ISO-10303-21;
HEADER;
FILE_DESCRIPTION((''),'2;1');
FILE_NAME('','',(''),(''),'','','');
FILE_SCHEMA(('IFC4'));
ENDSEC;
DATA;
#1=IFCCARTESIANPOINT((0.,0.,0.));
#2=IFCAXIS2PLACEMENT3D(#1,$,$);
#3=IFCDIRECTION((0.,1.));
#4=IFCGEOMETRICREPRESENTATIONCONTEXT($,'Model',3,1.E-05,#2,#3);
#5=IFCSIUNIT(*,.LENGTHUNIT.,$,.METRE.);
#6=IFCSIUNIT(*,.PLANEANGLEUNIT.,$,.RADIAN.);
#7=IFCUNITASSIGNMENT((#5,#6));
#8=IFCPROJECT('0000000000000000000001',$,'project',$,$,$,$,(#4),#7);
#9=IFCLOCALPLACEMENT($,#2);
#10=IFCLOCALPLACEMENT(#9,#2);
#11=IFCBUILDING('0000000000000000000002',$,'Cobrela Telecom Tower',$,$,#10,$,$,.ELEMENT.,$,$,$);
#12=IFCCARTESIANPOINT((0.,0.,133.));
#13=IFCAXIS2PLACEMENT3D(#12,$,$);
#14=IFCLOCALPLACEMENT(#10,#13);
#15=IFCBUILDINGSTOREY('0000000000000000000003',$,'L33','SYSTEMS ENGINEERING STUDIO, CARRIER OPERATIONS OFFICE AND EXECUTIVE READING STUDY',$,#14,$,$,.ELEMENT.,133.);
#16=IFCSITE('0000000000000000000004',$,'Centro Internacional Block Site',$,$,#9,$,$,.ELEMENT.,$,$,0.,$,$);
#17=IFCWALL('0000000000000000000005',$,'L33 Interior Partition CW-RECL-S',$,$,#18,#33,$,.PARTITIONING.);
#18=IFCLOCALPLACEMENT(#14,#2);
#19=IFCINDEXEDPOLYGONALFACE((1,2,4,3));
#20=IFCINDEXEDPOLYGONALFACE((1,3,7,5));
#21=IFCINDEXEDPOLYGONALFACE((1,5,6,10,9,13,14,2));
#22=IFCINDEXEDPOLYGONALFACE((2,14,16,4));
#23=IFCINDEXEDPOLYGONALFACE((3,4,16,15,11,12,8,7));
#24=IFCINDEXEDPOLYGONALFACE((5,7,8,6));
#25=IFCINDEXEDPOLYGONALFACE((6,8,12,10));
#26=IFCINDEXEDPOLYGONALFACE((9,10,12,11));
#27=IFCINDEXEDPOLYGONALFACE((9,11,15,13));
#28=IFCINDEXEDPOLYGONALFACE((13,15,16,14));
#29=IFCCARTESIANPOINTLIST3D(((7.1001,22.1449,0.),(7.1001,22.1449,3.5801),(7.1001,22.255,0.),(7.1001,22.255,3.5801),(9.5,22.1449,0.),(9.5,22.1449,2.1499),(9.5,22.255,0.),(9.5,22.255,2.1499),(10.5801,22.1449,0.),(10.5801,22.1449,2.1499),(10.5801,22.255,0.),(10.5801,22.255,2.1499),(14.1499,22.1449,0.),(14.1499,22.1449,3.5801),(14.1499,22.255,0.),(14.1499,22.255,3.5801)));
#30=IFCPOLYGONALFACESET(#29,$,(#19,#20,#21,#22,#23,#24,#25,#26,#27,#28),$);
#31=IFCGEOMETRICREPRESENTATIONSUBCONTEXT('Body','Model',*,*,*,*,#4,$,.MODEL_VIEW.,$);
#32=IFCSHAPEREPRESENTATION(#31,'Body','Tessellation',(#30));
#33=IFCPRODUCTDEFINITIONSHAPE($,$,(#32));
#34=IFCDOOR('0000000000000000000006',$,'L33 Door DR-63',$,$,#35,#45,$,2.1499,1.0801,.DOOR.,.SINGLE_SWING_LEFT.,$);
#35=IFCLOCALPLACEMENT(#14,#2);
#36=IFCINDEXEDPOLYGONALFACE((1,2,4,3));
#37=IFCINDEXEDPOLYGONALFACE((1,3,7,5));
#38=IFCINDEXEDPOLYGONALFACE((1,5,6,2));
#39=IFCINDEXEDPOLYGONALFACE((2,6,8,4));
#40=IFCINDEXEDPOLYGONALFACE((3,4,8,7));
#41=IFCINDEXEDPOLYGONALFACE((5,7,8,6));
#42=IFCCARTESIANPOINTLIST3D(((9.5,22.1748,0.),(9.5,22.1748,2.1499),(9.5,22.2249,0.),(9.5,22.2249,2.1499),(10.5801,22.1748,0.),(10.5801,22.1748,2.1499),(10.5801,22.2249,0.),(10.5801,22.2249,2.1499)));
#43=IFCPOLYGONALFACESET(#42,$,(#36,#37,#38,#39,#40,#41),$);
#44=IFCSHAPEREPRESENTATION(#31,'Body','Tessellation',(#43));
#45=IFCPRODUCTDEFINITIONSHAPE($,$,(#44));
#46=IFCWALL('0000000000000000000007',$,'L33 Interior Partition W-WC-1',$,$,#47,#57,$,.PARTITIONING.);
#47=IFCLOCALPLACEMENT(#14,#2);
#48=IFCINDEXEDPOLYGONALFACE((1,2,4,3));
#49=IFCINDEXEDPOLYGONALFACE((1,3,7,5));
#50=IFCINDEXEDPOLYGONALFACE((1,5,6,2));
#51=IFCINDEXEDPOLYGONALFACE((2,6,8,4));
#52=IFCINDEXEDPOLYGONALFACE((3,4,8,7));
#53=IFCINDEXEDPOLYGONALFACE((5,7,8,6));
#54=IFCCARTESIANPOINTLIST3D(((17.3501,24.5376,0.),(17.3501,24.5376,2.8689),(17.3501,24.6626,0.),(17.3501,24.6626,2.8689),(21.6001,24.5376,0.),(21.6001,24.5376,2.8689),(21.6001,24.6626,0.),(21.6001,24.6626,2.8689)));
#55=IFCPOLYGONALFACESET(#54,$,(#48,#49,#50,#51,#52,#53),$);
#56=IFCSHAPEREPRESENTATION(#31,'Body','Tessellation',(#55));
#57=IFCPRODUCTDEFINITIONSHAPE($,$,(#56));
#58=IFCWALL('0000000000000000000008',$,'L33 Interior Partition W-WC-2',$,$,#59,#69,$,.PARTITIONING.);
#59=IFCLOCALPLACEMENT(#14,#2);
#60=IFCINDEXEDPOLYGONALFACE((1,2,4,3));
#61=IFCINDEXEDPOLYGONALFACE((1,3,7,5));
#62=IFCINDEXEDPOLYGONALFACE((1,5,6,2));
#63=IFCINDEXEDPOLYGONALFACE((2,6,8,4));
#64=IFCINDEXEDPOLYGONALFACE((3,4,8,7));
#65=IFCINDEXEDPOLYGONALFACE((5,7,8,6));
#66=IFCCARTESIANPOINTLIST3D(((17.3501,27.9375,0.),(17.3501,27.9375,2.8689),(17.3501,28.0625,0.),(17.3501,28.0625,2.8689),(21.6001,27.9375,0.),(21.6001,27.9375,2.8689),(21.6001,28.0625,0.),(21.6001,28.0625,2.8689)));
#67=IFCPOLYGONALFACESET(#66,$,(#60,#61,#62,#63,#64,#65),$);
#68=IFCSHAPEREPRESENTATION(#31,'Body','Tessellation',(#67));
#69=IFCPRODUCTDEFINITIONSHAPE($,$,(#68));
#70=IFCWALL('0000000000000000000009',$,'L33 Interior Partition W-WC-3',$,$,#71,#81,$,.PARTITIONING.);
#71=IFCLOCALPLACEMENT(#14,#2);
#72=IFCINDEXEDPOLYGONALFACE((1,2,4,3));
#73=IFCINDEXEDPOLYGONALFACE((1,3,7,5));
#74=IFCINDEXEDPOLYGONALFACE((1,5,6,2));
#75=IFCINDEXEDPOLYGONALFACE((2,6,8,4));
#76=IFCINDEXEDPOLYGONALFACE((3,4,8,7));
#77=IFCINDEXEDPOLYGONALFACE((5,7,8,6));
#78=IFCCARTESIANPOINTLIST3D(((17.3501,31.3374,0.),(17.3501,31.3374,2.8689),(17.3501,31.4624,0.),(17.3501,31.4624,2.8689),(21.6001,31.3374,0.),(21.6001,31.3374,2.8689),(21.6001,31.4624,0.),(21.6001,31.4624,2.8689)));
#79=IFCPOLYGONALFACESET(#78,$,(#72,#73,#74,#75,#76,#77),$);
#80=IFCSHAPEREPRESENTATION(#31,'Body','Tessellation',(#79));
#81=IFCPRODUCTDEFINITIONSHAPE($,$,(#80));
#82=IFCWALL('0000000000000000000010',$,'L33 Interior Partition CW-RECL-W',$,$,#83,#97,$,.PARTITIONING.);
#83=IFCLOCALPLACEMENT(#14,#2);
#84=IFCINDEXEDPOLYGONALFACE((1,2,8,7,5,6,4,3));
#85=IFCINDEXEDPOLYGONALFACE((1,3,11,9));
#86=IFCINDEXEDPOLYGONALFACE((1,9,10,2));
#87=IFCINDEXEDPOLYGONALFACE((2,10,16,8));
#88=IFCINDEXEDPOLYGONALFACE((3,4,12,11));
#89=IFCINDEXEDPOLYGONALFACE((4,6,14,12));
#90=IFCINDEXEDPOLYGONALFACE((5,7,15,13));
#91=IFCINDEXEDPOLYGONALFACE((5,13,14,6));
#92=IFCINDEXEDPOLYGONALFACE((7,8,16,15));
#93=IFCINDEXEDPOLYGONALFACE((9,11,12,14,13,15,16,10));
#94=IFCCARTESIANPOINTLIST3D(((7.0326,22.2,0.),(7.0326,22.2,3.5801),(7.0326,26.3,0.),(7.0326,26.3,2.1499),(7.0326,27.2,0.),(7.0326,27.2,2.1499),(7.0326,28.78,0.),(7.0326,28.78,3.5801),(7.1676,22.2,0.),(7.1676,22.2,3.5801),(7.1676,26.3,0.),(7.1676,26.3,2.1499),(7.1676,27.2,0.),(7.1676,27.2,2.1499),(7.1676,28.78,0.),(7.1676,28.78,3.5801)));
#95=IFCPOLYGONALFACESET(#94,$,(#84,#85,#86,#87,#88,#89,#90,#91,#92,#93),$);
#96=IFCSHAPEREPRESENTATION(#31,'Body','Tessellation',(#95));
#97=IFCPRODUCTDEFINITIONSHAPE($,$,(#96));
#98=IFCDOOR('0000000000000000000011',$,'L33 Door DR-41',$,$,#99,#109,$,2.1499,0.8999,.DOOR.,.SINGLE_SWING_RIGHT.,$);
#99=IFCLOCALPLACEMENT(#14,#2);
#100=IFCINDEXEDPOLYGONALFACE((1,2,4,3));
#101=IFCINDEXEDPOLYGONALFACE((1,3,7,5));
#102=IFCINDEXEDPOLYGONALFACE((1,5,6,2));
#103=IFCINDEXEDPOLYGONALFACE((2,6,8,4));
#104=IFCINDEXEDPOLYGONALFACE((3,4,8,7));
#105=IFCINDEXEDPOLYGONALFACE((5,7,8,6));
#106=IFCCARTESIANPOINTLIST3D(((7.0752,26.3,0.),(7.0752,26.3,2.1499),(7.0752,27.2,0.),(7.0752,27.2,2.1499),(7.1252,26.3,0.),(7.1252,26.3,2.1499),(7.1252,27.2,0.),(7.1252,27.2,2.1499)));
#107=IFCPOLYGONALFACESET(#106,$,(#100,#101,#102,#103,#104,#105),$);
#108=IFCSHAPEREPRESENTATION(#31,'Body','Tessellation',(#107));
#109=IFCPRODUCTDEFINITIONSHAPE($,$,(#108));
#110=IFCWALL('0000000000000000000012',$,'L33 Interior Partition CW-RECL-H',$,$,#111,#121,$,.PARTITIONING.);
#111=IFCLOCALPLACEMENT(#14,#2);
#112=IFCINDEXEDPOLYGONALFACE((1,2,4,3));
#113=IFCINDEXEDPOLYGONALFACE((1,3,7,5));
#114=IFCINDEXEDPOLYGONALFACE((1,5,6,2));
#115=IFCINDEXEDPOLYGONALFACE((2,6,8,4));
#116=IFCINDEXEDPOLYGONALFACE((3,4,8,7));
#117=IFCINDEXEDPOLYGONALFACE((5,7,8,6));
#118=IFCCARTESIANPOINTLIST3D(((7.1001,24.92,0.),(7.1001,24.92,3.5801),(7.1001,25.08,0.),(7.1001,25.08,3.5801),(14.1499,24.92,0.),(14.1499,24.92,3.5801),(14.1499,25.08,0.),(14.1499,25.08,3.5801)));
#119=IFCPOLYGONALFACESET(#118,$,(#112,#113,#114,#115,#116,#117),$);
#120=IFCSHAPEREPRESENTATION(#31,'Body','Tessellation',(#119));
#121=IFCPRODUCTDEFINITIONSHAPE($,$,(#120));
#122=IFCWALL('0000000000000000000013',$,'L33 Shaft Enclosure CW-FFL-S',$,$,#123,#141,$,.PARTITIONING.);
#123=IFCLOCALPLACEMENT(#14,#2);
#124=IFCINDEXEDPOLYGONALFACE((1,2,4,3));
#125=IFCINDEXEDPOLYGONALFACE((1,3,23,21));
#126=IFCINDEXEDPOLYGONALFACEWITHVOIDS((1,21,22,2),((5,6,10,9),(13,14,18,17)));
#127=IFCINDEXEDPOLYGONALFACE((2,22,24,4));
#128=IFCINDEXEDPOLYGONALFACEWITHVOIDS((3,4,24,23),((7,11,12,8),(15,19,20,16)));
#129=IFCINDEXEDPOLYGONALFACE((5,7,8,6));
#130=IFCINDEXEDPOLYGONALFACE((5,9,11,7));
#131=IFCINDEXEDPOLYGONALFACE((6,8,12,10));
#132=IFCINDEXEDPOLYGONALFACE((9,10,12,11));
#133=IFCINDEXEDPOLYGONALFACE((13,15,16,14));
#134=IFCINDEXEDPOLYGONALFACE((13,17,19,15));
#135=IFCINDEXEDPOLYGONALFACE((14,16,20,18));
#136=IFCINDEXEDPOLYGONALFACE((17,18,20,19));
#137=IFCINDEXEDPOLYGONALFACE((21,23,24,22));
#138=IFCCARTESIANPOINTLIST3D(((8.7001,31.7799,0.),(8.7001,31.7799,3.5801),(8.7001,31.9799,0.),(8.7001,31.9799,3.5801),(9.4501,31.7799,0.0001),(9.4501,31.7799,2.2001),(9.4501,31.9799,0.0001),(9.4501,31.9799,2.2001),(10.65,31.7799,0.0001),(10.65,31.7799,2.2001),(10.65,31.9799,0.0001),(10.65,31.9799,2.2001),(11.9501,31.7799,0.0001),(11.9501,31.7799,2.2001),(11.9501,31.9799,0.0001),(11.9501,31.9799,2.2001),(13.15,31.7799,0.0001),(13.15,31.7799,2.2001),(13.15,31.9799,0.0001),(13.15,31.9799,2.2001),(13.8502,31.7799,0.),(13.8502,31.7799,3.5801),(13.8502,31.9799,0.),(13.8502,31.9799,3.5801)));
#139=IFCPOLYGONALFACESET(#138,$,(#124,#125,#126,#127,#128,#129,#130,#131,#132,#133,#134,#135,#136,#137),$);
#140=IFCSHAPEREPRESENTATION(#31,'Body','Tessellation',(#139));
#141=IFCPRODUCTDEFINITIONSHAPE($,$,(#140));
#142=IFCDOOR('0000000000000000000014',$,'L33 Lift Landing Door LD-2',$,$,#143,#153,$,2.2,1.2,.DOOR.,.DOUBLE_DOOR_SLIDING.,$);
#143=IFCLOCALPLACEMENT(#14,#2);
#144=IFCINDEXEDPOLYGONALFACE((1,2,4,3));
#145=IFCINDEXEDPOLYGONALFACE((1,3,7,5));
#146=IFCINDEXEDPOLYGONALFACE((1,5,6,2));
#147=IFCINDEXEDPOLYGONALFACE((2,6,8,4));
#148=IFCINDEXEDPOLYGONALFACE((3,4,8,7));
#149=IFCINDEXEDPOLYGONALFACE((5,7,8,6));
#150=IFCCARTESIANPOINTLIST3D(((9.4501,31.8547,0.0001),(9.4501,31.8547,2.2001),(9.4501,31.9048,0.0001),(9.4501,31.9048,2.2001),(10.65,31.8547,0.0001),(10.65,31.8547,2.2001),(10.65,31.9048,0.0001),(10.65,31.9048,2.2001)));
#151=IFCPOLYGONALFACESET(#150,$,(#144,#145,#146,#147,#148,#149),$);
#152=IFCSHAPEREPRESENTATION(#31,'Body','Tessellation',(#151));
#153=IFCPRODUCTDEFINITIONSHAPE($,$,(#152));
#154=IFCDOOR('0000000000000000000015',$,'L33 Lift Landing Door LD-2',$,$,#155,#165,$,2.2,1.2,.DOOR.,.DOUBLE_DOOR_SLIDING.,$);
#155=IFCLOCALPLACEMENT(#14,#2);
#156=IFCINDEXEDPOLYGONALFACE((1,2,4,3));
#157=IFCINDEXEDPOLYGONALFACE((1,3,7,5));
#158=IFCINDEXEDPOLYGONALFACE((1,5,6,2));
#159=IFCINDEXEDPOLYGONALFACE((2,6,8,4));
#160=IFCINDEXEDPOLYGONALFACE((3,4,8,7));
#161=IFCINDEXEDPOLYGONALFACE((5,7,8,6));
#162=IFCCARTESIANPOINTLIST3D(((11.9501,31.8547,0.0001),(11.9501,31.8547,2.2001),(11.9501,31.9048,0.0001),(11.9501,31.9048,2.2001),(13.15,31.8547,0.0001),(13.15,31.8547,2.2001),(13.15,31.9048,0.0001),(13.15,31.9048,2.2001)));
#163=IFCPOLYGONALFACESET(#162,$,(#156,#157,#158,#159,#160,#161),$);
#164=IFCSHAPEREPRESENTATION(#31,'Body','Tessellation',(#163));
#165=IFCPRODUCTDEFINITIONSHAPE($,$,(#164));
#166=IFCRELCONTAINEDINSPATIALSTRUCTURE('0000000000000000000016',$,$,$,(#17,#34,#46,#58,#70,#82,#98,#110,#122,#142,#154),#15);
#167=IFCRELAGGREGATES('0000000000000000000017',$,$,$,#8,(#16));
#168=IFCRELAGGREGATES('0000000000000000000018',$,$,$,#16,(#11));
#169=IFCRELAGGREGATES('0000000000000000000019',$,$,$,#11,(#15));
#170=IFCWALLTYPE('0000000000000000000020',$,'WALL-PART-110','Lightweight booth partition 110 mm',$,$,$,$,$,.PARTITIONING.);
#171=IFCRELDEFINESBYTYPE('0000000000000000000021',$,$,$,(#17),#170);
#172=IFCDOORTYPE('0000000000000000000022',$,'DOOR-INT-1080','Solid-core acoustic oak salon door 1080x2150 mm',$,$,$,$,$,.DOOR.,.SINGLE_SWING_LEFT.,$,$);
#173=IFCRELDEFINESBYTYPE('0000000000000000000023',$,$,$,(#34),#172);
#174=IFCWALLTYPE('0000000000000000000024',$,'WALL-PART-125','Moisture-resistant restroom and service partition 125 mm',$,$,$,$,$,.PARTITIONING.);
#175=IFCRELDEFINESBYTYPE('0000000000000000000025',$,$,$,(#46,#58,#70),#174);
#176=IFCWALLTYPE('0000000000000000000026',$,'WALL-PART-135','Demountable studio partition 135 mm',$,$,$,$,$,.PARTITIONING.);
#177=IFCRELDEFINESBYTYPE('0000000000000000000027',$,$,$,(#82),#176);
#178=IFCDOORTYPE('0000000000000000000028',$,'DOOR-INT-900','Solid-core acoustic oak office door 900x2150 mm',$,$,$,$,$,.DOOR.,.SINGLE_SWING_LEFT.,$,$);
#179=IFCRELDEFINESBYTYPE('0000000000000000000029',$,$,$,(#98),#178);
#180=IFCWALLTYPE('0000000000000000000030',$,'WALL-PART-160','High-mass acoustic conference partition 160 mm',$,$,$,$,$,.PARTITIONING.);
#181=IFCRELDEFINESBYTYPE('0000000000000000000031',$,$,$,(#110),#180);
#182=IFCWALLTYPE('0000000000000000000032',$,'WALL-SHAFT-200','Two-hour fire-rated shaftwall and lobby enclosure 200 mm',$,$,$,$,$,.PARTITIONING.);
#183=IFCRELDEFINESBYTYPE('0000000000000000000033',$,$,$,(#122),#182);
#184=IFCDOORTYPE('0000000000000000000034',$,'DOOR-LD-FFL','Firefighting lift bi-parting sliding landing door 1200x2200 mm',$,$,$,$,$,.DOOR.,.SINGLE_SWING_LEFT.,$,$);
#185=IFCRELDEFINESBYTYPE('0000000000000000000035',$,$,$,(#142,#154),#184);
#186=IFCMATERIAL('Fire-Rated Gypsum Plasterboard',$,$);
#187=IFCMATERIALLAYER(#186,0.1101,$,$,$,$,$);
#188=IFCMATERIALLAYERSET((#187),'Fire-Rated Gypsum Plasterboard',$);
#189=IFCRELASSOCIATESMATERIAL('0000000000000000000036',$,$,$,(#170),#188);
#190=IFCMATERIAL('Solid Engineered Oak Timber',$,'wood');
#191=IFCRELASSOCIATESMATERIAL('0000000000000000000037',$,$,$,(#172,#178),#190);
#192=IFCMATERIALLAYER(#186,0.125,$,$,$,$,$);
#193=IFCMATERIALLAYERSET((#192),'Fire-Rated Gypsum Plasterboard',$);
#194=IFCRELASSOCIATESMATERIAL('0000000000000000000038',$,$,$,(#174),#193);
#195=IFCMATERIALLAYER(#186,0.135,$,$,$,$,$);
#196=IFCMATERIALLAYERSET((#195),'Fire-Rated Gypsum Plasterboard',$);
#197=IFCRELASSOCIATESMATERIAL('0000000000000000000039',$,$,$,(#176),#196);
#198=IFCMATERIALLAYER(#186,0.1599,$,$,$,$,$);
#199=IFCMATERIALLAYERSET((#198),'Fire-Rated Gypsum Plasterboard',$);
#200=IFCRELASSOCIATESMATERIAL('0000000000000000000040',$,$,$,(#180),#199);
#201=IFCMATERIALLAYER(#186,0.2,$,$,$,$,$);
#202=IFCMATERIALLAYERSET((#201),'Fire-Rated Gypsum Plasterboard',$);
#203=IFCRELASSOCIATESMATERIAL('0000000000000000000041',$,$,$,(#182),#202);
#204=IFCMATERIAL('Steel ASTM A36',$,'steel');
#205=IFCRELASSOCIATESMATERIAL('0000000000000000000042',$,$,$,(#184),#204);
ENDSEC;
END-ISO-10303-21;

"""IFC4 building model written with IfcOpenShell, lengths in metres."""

from ifc_helpers import new_model, si_unit, direction, frame, frame_2d, origin, place, context, subcontext, project, spatial, rectangle, extrude, material, layer, layer_set, type_object, element, fill, save


model = new_model("IFC4")

# Units and contexts
model_context = context("Model", 3, precision=1e-05, world=origin(), true_north=direction((0.0, 1.0)))
body_context = subcontext(model_context, "Body", "Model", "MODEL_VIEW")
ifc_project = project(units=[si_unit("LENGTHUNIT", "METRE"), si_unit("PLANEANGLEUNIT", "RADIAN")], contexts=[model_context])

# Site, building, storey
site_placement = place(None, origin())
site = spatial("IfcSite", under=ifc_project, at=site_placement, Name="Centro Internacional Block Site", CompositionType="ELEMENT", RefElevation=0.0)
building_placement = place(site_placement, origin())
building = spatial("IfcBuilding", under=site, at=building_placement, Name="Cobrela Telecom Tower", CompositionType="ELEMENT")
storey_placement = place(building_placement, frame((0.0, 0.0, 133.0)))
storey = spatial("IfcBuildingStorey", under=building, at=storey_placement, Name="L33", Description="SYSTEMS ENGINEERING STUDIO, CARRIER OPERATIONS OFFICE AND EXECUTIVE READING STUDY", CompositionType="ELEMENT", Elevation=133.0)

# Shared definitions
ifc_material_1 = material(Name="Steel ASTM A36", Category="steel")

# Wall, opening, door
ifc_material_2 = material(Name="Fire-Rated Gypsum Plasterboard")
ifc_layer_1 = layer(ifc_material_2, 0.1101)
ifc_layer_set_1 = layer_set([ifc_layer_1], Name="Fire-Rated Gypsum Plasterboard")
wall_type_1 = type_object("IfcWallType", Name="WALL-PART-110", Description="Lightweight booth partition 110 mm", PredefinedType="PARTITIONING", material=ifc_layer_set_1)
wall_1_placement = place(storey_placement, frame((7.1001, 22.2, 0.0), z_axis=(0.0, 0.0, 1.0), x_axis=(1.0, 0.0, 0.0)))
wall_1 = element("IfcWall", 1, at=wall_1_placement, inside=storey, type_object=wall_type_1, Name="L33 Interior Partition CW-RECL-S", PredefinedType="PARTITIONING", context=body_context, shape_type="SweptSolid", body=[
    extrude(rectangle(XDim=7.0498, YDim=0.1101, at=frame_2d((3.5249, 0.0))), origin(), (0.0, 0.0, 1.0), 3.5801),
])
opening_1_placement = place(wall_1_placement, frame((2.3999, 0.0, 0.0)))
opening_1 = element("IfcOpeningElement", 2, at=opening_1_placement, cuts=wall_1, PredefinedType="OPENING", context=body_context, shape_type="SweptSolid", body=[
    extrude(rectangle(XDim=1.0801, YDim=2.1499, at=frame_2d((0.54, 1.075))), frame((0.0, 0.0669, 0.0), z_axis=(0.0, -1.0, 0.0), x_axis=(1.0, 0.0, 0.0)), (0.0, 0.0, 1.0), 0.134),
])
ifc_material_3 = material(Name="Solid Engineered Oak Timber", Category="wood")
door_type_1 = type_object("IfcDoorType", Name="DOOR-INT-1080", Description="Solid-core acoustic oak salon door 1080x2150 mm", OperationType="SINGLE_SWING_LEFT", PredefinedType="DOOR", material=ifc_material_3)
door_1_placement = place(opening_1_placement, origin())
door_1 = element("IfcDoor", 3, at=door_1_placement, inside=storey, type_object=door_type_1, Name="L33 Door DR-63", OperationType="SINGLE_SWING_LEFT", OverallHeight=2.1499, OverallWidth=1.0801, PredefinedType="DOOR", context=body_context, shape_type="SweptSolid", body=[
    extrude(rectangle(XDim=1.0801, YDim=2.1499, at=frame_2d((0.54, 1.075))), frame((0.0, 0.0249, 0.0), z_axis=(0.0, -1.0, 0.0), x_axis=(1.0, 0.0, 0.0)), (0.0, 0.0, 1.0), 0.05),
])
fill(opening_1, door_1)

# Walls
ifc_layer_2 = layer(ifc_material_2, 0.125)
ifc_layer_set_2 = layer_set([ifc_layer_2], Name="Fire-Rated Gypsum Plasterboard")
wall_type_2 = type_object("IfcWallType", Name="WALL-PART-125", Description="Moisture-resistant restroom and service partition 125 mm", PredefinedType="PARTITIONING", material=ifc_layer_set_2)
for number, where, z_axis, x_axis, name in (
    (4, (17.3501, 24.6001, 0.0), (0.0, 0.0, 1.0), (1.0, 0.0, 0.0), "L33 Interior Partition W-WC-1"),
    (5, (17.3501, 28.0, 0.0), (0.0, 0.0, 1.0), (1.0, 0.0, 0.0), "L33 Interior Partition W-WC-2"),
    (6, (17.3501, 31.3999, 0.0), (0.0, 0.0, 1.0), (1.0, 0.0, 0.0), "L33 Interior Partition W-WC-3"),
):
    element("IfcWall", number, at=place(storey_placement, frame(where, z_axis=z_axis, x_axis=x_axis)), inside=storey, type_object=wall_type_2, Name=name, PredefinedType="PARTITIONING", context=body_context, shape_type="SweptSolid", body=[
        extrude(rectangle(XDim=4.25, YDim=0.125, at=frame_2d((2.125, 0.0))), origin(), (0.0, 0.0, 1.0), 2.8689),
    ])

# Wall, opening, door
ifc_layer_3 = layer(ifc_material_2, 0.135)
ifc_layer_set_3 = layer_set([ifc_layer_3], Name="Fire-Rated Gypsum Plasterboard")
wall_type_3 = type_object("IfcWallType", Name="WALL-PART-135", Description="Demountable studio partition 135 mm", PredefinedType="PARTITIONING", material=ifc_layer_set_3)
wall_2_placement = place(storey_placement, frame((7.1001, 22.2, 0.0), z_axis=(0.0, 0.0, 1.0), x_axis=(0.0, 1.0, 0.0)))
wall_2 = element("IfcWall", 7, at=wall_2_placement, inside=storey, type_object=wall_type_3, Name="L33 Interior Partition CW-RECL-W", PredefinedType="PARTITIONING", context=body_context, shape_type="SweptSolid", body=[
    extrude(rectangle(XDim=6.5801, YDim=0.135, at=frame_2d((3.29, 0.0))), origin(), (0.0, 0.0, 1.0), 3.5801),
])
opening_2_placement = place(wall_2_placement, frame((4.1001, 0.0, 0.0)))
opening_2 = element("IfcOpeningElement", 8, at=opening_2_placement, cuts=wall_2, PredefinedType="OPENING", context=body_context, shape_type="SweptSolid", body=[
    extrude(rectangle(XDim=0.8999, YDim=2.1499, at=frame_2d((0.45, 1.075))), frame((0.0, 0.0796, 0.0), z_axis=(0.0, -1.0, 0.0), x_axis=(1.0, 0.0, 0.0)), (0.0, 0.0, 1.0), 0.1589),
])
door_type_2 = type_object("IfcDoorType", Name="DOOR-INT-900", Description="Solid-core acoustic oak office door 900x2150 mm", OperationType="SINGLE_SWING_LEFT", PredefinedType="DOOR", material=ifc_material_3)
door_2_placement = place(opening_2_placement, origin())
door_2 = element("IfcDoor", 9, at=door_2_placement, inside=storey, type_object=door_type_2, Name="L33 Door DR-41", OperationType="SINGLE_SWING_RIGHT", OverallHeight=2.1499, OverallWidth=0.8999, PredefinedType="DOOR", context=body_context, shape_type="SweptSolid", body=[
    extrude(rectangle(XDim=0.8999, YDim=2.1499, at=frame_2d((0.45, 1.075))), frame((0.0, 0.0249, 0.0), z_axis=(0.0, -1.0, 0.0), x_axis=(1.0, 0.0, 0.0)), (0.0, 0.0, 1.0), 0.05),
])
fill(opening_2, door_2)

# Wall
ifc_layer_4 = layer(ifc_material_2, 0.1599)
ifc_layer_set_4 = layer_set([ifc_layer_4], Name="Fire-Rated Gypsum Plasterboard")
wall_type_4 = type_object("IfcWallType", Name="WALL-PART-160", Description="High-mass acoustic conference partition 160 mm", PredefinedType="PARTITIONING", material=ifc_layer_set_4)
wall_3_placement = place(storey_placement, frame((7.1001, 25.0, 0.0), z_axis=(0.0, 0.0, 1.0), x_axis=(1.0, 0.0, 0.0)))
element("IfcWall", 10, at=wall_3_placement, inside=storey, type_object=wall_type_4, Name="L33 Interior Partition CW-RECL-H", PredefinedType="PARTITIONING", context=body_context, shape_type="SweptSolid", body=[
    extrude(rectangle(XDim=7.0498, YDim=0.1599, at=frame_2d((3.5249, 0.0))), origin(), (0.0, 0.0, 1.0), 3.5801),
])

# Wall, openings, doors
ifc_layer_5 = layer(ifc_material_2, 0.2)
ifc_layer_set_5 = layer_set([ifc_layer_5], Name="Fire-Rated Gypsum Plasterboard")
wall_type_5 = type_object("IfcWallType", Name="WALL-SHAFT-200", Description="Two-hour fire-rated shaftwall and lobby enclosure 200 mm", PredefinedType="PARTITIONING", material=ifc_layer_set_5)
wall_4_placement = place(storey_placement, frame((8.7, 31.8799, 0.0), z_axis=(0.0, 0.0, 1.0), x_axis=(1.0, 0.0, 0.0)))
wall_4 = element("IfcWall", 11, at=wall_4_placement, inside=storey, type_object=wall_type_5, Name="L33 Shaft Enclosure CW-FFL-S", PredefinedType="PARTITIONING", context=body_context, shape_type="SweptSolid", body=[
    extrude(rectangle(XDim=5.1501, YDim=0.2, at=frame_2d((2.5752, 0.0))), origin(), (0.0, 0.0, 1.0), 3.5801),
])
opening_3_placement = place(wall_4_placement, frame((0.75, 0.0, 0.0)))
opening_3 = element("IfcOpeningElement", 12, at=opening_3_placement, cuts=wall_4, PredefinedType="OPENING", context=body_context, shape_type="SweptSolid", body=[
    extrude(rectangle(XDim=1.2, YDim=2.2, at=frame_2d((0.6001, 1.1001))), frame((0.0, 0.1118, 0.0), z_axis=(0.0, -1.0, 0.0), x_axis=(1.0, 0.0, 0.0)), (0.0, 0.0, 1.0), 0.2239),
])
opening_4_placement = place(wall_4_placement, frame((3.25, 0.0, 0.0)))
opening_4 = element("IfcOpeningElement", 13, at=opening_4_placement, cuts=wall_4, PredefinedType="OPENING", context=body_context, shape_type="SweptSolid", body=[
    extrude(rectangle(XDim=1.2, YDim=2.2, at=frame_2d((0.6001, 1.1001))), frame((0.0, 0.1118, 0.0), z_axis=(0.0, -1.0, 0.0), x_axis=(1.0, 0.0, 0.0)), (0.0, 0.0, 1.0), 0.2239),
])
door_type_3 = type_object("IfcDoorType", Name="DOOR-LD-FFL", Description="Firefighting lift bi-parting sliding landing door 1200x2200 mm", OperationType="SINGLE_SWING_LEFT", PredefinedType="DOOR", material=ifc_material_1)
door_3_placement = place(opening_3_placement, origin())
door_3 = element("IfcDoor", 14, at=door_3_placement, inside=storey, type_object=door_type_3, Name="L33 Lift Landing Door LD-2", OperationType="DOUBLE_DOOR_SLIDING", OverallHeight=2.2, OverallWidth=1.2, PredefinedType="DOOR", context=body_context, shape_type="SweptSolid", body=[
    extrude(rectangle(XDim=1.2, YDim=2.2, at=frame_2d((0.6001, 1.1001))), frame((0.0, 0.0249, 0.0), z_axis=(0.0, -1.0, 0.0), x_axis=(1.0, 0.0, 0.0)), (0.0, 0.0, 1.0), 0.05),
])
fill(opening_3, door_3)
door_4_placement = place(opening_4_placement, origin())
door_4 = element("IfcDoor", 15, at=door_4_placement, inside=storey, type_object=door_type_3, Name="L33 Lift Landing Door LD-2", OperationType="DOUBLE_DOOR_SLIDING", OverallHeight=2.2, OverallWidth=1.2, PredefinedType="DOOR", context=body_context, shape_type="SweptSolid", body=[
    extrude(rectangle(XDim=1.2, YDim=2.2, at=frame_2d((0.6001, 1.1001))), frame((0.0, 0.0249, 0.0), z_axis=(0.0, -1.0, 0.0), x_axis=(1.0, 0.0, 0.0)), (0.0, 0.0, 1.0), 0.05),
])
fill(opening_4, door_4)

save(model, "model.ifc")
